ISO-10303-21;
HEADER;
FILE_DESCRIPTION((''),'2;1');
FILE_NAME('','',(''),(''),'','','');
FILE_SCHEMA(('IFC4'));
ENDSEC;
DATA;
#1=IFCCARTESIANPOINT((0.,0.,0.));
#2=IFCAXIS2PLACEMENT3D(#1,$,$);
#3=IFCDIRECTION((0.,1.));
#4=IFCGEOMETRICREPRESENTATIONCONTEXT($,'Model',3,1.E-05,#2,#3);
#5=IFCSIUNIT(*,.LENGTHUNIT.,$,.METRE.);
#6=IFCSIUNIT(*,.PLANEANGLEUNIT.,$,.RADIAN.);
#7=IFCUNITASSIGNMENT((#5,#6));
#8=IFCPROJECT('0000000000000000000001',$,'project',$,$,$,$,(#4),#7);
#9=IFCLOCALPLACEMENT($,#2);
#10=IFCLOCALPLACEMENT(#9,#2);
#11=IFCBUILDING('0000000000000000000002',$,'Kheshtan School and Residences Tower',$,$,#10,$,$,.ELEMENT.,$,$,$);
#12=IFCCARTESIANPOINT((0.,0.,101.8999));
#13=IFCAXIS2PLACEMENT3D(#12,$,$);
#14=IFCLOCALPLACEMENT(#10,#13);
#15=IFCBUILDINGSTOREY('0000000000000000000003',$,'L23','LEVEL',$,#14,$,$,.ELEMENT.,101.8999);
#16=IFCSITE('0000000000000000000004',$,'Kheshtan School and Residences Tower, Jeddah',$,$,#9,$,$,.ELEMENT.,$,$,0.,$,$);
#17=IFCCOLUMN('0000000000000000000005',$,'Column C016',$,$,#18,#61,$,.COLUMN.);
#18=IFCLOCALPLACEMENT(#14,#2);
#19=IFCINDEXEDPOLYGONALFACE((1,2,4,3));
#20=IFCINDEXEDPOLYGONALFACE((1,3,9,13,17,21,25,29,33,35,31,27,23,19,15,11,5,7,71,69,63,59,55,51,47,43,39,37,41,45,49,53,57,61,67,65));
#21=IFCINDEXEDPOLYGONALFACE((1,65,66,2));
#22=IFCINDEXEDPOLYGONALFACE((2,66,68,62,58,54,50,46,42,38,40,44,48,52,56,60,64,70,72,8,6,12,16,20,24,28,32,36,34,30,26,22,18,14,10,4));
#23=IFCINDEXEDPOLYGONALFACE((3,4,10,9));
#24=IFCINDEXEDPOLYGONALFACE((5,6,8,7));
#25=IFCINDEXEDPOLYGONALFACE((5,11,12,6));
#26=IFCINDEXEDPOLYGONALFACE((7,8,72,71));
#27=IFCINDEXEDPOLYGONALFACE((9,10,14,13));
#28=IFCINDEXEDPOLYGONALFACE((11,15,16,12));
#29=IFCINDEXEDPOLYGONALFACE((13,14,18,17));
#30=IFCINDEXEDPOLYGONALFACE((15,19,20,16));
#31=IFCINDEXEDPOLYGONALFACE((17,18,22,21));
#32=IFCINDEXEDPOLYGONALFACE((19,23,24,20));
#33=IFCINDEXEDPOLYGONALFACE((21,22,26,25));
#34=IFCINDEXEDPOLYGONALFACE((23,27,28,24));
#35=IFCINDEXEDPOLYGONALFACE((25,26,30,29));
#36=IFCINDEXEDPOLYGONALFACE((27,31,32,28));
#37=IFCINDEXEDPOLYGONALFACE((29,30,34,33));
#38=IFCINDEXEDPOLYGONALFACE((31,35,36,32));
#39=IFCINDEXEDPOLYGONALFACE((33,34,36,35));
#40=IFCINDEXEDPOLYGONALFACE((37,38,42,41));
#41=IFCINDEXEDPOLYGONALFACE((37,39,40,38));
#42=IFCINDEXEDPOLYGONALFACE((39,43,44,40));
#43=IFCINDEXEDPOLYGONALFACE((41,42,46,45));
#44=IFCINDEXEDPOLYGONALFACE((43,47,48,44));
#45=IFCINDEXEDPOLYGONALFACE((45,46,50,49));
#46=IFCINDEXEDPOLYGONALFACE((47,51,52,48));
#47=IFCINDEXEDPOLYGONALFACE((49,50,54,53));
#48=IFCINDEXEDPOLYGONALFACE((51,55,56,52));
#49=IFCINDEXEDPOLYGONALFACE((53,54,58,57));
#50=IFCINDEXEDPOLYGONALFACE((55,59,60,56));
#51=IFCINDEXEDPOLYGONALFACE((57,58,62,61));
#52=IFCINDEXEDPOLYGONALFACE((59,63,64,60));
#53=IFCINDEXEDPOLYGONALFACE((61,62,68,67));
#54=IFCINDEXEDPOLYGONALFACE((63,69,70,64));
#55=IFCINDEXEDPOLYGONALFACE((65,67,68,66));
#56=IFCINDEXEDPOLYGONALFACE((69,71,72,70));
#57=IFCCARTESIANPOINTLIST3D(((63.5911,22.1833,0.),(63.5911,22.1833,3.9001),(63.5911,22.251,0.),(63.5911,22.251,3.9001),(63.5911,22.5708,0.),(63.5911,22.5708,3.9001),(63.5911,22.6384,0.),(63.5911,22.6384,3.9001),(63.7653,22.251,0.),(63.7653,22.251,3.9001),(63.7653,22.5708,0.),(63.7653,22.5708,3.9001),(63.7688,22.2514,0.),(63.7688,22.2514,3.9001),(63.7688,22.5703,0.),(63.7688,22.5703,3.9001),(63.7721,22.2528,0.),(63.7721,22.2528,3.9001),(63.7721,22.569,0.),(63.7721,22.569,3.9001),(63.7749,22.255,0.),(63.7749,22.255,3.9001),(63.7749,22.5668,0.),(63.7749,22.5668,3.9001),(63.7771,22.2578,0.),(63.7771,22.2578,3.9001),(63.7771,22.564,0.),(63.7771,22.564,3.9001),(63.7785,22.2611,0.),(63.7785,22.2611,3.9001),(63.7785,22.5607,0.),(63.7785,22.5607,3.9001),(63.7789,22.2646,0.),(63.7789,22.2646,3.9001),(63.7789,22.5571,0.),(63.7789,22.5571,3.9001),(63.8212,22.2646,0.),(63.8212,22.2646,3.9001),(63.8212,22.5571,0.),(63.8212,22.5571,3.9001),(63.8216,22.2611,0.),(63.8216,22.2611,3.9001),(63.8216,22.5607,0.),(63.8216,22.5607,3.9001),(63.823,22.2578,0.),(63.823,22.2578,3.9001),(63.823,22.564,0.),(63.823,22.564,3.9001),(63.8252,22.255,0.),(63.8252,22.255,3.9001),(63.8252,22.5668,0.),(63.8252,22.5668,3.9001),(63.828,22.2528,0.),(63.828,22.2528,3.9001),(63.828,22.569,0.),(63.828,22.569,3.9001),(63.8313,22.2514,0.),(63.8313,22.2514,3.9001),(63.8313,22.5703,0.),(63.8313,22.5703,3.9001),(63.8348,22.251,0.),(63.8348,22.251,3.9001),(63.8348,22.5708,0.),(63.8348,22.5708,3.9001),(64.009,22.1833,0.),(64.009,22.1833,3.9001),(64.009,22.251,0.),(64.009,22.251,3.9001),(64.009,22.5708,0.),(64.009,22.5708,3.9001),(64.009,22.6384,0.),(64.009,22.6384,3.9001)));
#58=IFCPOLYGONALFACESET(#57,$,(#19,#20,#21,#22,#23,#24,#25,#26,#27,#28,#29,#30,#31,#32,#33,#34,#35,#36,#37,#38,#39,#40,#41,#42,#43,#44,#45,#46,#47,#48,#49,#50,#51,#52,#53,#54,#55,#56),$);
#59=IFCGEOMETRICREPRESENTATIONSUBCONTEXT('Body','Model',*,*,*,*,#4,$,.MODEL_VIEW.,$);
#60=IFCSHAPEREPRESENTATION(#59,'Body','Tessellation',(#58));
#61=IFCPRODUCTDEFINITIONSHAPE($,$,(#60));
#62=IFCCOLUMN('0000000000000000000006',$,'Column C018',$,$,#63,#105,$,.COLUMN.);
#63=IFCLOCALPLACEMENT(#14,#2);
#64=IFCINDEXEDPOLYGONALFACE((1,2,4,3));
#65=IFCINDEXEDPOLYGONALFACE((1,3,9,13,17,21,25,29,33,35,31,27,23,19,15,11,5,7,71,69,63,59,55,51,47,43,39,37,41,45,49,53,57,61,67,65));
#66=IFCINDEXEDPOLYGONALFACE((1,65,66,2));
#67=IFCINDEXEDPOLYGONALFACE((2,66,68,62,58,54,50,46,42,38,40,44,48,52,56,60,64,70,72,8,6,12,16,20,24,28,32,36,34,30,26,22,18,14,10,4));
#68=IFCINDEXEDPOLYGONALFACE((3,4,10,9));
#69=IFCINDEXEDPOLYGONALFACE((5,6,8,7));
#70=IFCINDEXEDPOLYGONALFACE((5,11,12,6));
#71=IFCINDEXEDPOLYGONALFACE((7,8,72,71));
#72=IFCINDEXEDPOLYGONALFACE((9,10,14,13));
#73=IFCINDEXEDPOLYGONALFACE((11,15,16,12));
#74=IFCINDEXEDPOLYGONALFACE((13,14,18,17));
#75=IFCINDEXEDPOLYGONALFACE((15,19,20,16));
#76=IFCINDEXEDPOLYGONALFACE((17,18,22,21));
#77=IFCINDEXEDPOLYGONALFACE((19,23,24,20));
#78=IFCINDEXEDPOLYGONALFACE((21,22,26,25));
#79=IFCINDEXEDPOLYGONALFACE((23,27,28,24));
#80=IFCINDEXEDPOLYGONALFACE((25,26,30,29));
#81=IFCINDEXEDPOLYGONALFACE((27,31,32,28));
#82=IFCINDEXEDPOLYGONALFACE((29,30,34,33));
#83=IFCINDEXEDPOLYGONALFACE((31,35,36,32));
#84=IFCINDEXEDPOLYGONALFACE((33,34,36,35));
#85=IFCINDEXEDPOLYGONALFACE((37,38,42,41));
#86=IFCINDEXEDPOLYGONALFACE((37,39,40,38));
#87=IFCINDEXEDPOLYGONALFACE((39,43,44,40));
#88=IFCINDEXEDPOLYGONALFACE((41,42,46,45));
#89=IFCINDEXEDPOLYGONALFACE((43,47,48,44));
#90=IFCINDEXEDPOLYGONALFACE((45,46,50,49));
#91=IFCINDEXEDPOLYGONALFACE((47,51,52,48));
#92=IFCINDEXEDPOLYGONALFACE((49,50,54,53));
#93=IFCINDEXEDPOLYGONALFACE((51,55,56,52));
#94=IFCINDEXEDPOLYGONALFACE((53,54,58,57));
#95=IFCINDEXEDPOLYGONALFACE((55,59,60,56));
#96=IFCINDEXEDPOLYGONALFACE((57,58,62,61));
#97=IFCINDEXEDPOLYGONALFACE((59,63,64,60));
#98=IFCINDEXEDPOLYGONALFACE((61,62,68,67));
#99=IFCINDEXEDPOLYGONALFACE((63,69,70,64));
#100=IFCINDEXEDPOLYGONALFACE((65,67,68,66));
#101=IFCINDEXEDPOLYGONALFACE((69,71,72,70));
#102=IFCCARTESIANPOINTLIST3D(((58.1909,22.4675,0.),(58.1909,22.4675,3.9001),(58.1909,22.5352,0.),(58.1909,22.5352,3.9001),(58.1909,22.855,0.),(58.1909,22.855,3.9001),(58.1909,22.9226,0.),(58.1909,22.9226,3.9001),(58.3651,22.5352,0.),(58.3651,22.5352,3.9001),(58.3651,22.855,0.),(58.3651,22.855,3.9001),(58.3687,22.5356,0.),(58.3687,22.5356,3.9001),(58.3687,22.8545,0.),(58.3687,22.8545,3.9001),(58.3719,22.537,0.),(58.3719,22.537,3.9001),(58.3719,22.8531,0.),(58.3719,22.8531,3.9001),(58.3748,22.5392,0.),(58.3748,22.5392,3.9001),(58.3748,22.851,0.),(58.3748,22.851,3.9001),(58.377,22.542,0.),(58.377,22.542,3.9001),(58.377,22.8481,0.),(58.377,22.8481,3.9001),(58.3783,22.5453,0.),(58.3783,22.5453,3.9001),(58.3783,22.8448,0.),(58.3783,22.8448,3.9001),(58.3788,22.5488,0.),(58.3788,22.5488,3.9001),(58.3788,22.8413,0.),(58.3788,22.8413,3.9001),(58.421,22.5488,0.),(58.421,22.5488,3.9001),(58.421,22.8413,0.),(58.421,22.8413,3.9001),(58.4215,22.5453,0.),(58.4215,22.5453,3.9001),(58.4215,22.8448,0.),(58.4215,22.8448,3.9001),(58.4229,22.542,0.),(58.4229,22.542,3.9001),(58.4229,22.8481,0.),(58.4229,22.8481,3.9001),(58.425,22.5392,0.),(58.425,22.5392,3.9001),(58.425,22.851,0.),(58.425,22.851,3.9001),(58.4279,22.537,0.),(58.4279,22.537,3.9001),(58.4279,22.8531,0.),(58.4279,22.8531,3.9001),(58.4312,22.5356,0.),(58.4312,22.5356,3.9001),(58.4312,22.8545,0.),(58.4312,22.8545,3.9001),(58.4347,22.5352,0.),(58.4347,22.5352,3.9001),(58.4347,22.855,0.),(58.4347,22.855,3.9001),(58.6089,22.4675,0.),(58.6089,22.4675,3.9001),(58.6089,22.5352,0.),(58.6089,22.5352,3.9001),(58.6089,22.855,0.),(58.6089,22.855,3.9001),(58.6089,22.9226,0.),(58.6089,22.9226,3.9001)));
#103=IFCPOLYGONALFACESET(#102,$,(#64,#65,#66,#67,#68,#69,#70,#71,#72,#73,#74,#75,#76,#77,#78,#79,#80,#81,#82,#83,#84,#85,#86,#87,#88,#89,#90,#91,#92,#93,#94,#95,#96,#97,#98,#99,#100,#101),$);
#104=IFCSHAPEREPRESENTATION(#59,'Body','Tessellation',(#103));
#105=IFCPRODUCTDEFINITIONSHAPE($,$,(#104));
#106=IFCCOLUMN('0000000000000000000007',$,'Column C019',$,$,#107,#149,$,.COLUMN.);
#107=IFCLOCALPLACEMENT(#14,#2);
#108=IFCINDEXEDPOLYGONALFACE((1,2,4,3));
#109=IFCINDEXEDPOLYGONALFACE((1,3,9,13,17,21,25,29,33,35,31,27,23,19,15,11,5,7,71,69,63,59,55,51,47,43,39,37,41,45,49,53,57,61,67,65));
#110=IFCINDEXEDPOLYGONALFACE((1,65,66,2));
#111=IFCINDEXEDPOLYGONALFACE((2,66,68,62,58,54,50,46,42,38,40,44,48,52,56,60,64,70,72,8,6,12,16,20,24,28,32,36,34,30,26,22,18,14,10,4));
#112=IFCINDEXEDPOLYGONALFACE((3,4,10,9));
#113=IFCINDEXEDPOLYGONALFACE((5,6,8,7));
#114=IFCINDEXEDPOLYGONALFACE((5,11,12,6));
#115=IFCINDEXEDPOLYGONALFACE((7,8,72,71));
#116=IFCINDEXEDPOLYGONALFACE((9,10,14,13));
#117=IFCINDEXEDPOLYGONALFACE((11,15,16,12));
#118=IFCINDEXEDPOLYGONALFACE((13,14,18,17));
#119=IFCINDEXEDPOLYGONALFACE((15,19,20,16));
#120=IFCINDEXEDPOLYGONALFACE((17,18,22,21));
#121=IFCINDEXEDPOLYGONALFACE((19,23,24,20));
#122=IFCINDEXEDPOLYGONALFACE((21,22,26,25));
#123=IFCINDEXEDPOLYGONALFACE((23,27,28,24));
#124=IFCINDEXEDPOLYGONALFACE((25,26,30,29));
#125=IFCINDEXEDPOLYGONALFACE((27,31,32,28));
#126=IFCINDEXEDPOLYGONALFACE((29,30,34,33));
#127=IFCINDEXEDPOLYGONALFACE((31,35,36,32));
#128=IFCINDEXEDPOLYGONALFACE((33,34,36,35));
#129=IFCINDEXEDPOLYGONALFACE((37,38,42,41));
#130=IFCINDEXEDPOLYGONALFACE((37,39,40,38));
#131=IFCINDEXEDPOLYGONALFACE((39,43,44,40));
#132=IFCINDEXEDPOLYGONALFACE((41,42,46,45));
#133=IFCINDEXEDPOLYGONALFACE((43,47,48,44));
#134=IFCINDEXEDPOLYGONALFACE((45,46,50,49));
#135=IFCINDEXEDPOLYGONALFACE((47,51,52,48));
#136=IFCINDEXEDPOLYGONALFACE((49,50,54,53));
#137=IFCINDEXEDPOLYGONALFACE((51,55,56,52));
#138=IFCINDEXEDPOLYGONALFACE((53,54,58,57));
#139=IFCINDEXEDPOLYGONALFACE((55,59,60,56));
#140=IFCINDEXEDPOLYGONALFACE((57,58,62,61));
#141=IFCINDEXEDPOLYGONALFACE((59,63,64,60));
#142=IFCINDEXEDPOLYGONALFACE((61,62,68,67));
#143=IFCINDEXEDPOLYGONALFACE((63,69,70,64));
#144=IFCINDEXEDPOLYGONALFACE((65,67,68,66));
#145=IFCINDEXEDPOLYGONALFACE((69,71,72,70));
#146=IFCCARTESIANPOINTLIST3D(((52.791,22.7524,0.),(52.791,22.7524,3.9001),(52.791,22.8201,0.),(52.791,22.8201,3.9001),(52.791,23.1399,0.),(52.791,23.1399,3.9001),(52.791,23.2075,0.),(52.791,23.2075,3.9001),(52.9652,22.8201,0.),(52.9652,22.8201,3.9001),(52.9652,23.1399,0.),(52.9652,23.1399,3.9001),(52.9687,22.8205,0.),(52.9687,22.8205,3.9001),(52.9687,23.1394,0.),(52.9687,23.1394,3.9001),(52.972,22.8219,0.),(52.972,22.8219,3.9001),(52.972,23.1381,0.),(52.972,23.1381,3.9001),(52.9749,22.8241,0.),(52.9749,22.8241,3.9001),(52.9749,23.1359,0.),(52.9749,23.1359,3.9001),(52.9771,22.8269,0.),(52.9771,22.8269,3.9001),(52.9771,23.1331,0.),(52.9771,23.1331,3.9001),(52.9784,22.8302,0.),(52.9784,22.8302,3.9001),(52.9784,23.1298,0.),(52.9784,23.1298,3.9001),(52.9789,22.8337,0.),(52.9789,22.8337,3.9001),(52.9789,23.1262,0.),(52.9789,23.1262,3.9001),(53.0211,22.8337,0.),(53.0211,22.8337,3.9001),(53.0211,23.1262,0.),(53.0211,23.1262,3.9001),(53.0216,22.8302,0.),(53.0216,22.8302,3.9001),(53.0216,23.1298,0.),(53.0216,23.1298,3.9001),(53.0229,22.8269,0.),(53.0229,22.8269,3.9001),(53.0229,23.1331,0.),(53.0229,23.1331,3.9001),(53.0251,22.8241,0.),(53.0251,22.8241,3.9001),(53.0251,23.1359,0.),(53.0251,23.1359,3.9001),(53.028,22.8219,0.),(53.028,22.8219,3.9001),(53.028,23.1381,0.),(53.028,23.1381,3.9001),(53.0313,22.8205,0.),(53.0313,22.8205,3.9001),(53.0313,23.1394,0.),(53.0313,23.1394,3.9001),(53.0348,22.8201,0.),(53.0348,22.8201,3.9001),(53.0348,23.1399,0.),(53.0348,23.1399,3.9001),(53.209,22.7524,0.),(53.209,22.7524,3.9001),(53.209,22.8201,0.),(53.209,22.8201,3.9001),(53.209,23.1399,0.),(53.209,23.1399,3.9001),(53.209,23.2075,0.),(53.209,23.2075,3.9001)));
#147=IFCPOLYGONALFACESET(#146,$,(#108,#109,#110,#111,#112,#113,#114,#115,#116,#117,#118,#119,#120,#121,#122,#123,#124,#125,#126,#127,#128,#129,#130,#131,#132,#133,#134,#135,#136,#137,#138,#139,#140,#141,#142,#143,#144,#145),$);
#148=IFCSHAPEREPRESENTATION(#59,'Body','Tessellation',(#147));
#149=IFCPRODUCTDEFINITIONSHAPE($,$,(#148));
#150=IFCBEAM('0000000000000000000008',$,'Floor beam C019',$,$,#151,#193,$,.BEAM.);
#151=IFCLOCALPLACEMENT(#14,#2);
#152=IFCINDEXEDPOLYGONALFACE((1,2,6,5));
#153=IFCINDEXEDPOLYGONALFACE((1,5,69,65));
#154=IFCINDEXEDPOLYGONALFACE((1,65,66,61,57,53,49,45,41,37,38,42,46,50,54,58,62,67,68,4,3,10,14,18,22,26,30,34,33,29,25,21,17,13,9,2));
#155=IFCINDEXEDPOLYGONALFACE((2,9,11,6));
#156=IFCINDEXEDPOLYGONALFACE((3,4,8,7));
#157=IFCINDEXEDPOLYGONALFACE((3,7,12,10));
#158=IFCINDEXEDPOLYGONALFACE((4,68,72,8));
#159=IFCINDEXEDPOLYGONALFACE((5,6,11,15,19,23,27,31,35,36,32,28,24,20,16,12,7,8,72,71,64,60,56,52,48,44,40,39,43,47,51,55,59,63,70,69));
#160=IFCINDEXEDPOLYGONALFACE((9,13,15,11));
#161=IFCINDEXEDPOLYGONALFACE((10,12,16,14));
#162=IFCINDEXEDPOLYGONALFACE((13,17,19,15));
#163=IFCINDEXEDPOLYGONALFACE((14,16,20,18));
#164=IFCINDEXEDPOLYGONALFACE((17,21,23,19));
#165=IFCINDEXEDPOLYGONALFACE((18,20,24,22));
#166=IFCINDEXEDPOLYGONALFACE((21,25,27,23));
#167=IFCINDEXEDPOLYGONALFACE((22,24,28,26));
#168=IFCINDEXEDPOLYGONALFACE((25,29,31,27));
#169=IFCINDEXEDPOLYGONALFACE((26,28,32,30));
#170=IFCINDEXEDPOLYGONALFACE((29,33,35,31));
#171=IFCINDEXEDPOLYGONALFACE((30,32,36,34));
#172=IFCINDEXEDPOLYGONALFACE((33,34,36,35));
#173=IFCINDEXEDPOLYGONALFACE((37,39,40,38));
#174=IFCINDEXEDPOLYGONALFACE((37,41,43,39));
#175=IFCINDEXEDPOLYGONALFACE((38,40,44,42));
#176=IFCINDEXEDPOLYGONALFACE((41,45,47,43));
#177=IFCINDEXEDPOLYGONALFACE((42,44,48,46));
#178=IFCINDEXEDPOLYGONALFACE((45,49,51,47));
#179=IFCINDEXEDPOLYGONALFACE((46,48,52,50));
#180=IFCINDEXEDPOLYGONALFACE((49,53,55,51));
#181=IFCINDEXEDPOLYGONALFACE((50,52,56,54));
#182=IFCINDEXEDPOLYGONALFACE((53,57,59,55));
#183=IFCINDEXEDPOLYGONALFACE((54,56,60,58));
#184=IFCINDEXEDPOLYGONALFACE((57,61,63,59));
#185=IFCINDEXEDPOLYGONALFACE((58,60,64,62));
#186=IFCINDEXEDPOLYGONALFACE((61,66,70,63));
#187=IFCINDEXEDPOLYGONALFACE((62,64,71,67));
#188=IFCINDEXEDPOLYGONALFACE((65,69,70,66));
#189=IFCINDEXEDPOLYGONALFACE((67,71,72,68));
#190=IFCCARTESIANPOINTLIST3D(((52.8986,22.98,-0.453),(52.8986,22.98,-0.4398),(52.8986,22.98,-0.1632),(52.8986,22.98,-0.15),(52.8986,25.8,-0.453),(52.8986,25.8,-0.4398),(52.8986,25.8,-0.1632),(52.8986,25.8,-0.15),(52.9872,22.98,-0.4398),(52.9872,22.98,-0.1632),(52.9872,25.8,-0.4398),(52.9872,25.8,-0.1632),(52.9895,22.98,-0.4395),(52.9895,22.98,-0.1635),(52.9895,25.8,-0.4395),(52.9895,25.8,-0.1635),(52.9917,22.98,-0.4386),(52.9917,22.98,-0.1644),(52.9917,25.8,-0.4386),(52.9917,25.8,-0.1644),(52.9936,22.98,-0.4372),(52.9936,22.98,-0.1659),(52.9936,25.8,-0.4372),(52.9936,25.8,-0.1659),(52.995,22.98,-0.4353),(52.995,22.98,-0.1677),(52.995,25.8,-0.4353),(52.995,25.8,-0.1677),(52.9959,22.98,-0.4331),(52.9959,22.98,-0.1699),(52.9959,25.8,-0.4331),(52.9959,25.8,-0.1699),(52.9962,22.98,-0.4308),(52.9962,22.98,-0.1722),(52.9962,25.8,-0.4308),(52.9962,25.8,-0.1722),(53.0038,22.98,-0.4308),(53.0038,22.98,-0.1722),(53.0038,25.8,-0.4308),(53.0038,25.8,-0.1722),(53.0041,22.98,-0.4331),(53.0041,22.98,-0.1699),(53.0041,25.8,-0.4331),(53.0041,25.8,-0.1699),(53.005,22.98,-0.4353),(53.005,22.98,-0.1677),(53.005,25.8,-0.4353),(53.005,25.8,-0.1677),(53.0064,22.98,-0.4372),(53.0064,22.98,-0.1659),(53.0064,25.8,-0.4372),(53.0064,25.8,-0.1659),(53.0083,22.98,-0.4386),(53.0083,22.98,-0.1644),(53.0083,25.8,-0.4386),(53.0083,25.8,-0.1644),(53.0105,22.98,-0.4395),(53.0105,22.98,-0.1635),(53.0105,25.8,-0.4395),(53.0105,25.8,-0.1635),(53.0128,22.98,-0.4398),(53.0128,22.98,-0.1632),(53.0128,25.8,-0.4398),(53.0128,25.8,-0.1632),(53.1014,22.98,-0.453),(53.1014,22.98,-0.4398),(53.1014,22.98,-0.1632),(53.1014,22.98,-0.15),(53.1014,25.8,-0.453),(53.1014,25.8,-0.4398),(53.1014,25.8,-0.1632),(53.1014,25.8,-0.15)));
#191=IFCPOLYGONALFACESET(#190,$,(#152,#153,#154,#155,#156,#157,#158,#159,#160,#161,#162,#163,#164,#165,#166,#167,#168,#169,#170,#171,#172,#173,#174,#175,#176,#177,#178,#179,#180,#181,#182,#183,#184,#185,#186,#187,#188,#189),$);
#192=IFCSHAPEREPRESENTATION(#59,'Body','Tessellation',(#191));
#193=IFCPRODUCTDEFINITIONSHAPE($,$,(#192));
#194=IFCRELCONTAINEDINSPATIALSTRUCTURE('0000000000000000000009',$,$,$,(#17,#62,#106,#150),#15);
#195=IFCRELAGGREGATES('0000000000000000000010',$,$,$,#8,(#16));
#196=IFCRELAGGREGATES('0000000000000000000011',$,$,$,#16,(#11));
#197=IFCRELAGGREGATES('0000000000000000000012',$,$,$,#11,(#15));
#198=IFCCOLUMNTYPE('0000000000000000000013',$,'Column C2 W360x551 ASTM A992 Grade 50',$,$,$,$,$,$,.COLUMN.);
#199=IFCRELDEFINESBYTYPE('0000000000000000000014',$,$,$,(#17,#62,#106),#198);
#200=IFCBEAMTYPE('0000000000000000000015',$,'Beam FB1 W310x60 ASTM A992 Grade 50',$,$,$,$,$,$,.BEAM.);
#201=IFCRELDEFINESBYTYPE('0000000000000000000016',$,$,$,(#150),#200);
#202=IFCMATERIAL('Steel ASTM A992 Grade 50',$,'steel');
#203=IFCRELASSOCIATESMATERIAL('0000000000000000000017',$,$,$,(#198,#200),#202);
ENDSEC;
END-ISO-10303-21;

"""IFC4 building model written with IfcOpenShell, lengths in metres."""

from ifc_helpers import new_model, si_unit, direction, frame, origin, origin_2d, place, context, subcontext, project, spatial, i_section, extrude, material, material_profile, profile_set, type_object, element, save


model = new_model("IFC4")

# Units and contexts
model_context = context("Model", 3, precision=1e-05, world=origin(), true_north=direction((0.0, 1.0)))
body_context = subcontext(model_context, "Body", "Model", "MODEL_VIEW")
ifc_project = project(units=[si_unit("LENGTHUNIT", "METRE"), si_unit("PLANEANGLEUNIT", "RADIAN")], contexts=[model_context])

# Site, building, storey
site_placement = place(None, origin())
site = spatial("IfcSite", under=ifc_project, at=site_placement, Name="Kheshtan School and Residences Tower, Jeddah", CompositionType="ELEMENT", RefElevation=0.0)
building_placement = place(site_placement, origin())
building = spatial("IfcBuilding", under=site, at=building_placement, Name="Kheshtan School and Residences Tower", CompositionType="ELEMENT")
storey_placement = place(building_placement, frame((0.0, 0.0, 101.8999)))
storey = spatial("IfcBuildingStorey", under=building, at=storey_placement, Name="L23", Description="LEVEL", CompositionType="ELEMENT", Elevation=101.8999)

# Columns
ifc_material_1 = material(Name="Steel ASTM A992 Grade 50", Category="steel")
ifc_material_profile_1 = material_profile(ifc_material_1, i_section(OverallWidth=0.418, OverallDepth=0.4551, WebThickness=0.0422, FlangeThickness=0.0676, FilletRadius=0.0137, at=origin_2d()), Name="W360x551")
ifc_profile_set_1 = profile_set([ifc_material_profile_1], Name="Steel ASTM A992 Grade 50")
column_type = type_object("IfcColumnType", Name="Column C2 W360x551 ASTM A992 Grade 50", PredefinedType="COLUMN", material=ifc_profile_set_1)
for number, where, z_axis, x_axis, name in (
    (1, (63.8, 22.4109, 0.0), (0.0, 0.0, 1.0), (1.0, 0.0, 0.0), "Column C016"),
    (2, (58.3999, 22.6951, 0.0), (0.0, 0.0, 1.0), (1.0, 0.0, 0.0), "Column C018"),
    (3, (53.0, 22.98, 0.0), (0.0, 0.0, 1.0), (1.0, 0.0, 0.0), "Column C019"),
):
    element("IfcColumn", number, at=place(storey_placement, frame(where, z_axis=z_axis, x_axis=x_axis)), inside=storey, type_object=column_type, Name=name, PredefinedType="COLUMN", context=body_context, shape_type="SweptSolid", body=[
        extrude(i_section(OverallWidth=0.418, OverallDepth=0.4551, WebThickness=0.0422, FlangeThickness=0.0676, FilletRadius=0.0137, at=origin_2d()), origin(), (0.0, 0.0, 1.0), 3.9001),
    ])

# Beam
ifc_material_profile_2 = material_profile(ifc_material_1, i_section(OverallWidth=0.2029, OverallDepth=0.303, WebThickness=0.0076, FlangeThickness=0.0132, FilletRadius=0.009, at=origin_2d()), Name="W310x60")
ifc_profile_set_2 = profile_set([ifc_material_profile_2], Name="Steel ASTM A992 Grade 50")
beam_type_1 = type_object("IfcBeamType", Name="Beam FB1 W310x60 ASTM A992 Grade 50", PredefinedType="BEAM", material=ifc_profile_set_2)
beam_placement = place(storey_placement, frame((53.0, 22.98, -0.3015), z_axis=(0.0, 1.0, 0.0), x_axis=(-1.0, 0.0, 0.0)))
element("IfcBeam", 4, at=beam_placement, inside=storey, type_object=beam_type_1, Name="Floor beam C019", PredefinedType="BEAM", context=body_context, shape_type="SweptSolid", body=[
    extrude(i_section(OverallWidth=0.2029, OverallDepth=0.303, WebThickness=0.0076, FlangeThickness=0.0132, FilletRadius=0.009, at=origin_2d()), origin(), (0.0, 0.0, 1.0), 2.8201),
])

save(model, "model.ifc")
